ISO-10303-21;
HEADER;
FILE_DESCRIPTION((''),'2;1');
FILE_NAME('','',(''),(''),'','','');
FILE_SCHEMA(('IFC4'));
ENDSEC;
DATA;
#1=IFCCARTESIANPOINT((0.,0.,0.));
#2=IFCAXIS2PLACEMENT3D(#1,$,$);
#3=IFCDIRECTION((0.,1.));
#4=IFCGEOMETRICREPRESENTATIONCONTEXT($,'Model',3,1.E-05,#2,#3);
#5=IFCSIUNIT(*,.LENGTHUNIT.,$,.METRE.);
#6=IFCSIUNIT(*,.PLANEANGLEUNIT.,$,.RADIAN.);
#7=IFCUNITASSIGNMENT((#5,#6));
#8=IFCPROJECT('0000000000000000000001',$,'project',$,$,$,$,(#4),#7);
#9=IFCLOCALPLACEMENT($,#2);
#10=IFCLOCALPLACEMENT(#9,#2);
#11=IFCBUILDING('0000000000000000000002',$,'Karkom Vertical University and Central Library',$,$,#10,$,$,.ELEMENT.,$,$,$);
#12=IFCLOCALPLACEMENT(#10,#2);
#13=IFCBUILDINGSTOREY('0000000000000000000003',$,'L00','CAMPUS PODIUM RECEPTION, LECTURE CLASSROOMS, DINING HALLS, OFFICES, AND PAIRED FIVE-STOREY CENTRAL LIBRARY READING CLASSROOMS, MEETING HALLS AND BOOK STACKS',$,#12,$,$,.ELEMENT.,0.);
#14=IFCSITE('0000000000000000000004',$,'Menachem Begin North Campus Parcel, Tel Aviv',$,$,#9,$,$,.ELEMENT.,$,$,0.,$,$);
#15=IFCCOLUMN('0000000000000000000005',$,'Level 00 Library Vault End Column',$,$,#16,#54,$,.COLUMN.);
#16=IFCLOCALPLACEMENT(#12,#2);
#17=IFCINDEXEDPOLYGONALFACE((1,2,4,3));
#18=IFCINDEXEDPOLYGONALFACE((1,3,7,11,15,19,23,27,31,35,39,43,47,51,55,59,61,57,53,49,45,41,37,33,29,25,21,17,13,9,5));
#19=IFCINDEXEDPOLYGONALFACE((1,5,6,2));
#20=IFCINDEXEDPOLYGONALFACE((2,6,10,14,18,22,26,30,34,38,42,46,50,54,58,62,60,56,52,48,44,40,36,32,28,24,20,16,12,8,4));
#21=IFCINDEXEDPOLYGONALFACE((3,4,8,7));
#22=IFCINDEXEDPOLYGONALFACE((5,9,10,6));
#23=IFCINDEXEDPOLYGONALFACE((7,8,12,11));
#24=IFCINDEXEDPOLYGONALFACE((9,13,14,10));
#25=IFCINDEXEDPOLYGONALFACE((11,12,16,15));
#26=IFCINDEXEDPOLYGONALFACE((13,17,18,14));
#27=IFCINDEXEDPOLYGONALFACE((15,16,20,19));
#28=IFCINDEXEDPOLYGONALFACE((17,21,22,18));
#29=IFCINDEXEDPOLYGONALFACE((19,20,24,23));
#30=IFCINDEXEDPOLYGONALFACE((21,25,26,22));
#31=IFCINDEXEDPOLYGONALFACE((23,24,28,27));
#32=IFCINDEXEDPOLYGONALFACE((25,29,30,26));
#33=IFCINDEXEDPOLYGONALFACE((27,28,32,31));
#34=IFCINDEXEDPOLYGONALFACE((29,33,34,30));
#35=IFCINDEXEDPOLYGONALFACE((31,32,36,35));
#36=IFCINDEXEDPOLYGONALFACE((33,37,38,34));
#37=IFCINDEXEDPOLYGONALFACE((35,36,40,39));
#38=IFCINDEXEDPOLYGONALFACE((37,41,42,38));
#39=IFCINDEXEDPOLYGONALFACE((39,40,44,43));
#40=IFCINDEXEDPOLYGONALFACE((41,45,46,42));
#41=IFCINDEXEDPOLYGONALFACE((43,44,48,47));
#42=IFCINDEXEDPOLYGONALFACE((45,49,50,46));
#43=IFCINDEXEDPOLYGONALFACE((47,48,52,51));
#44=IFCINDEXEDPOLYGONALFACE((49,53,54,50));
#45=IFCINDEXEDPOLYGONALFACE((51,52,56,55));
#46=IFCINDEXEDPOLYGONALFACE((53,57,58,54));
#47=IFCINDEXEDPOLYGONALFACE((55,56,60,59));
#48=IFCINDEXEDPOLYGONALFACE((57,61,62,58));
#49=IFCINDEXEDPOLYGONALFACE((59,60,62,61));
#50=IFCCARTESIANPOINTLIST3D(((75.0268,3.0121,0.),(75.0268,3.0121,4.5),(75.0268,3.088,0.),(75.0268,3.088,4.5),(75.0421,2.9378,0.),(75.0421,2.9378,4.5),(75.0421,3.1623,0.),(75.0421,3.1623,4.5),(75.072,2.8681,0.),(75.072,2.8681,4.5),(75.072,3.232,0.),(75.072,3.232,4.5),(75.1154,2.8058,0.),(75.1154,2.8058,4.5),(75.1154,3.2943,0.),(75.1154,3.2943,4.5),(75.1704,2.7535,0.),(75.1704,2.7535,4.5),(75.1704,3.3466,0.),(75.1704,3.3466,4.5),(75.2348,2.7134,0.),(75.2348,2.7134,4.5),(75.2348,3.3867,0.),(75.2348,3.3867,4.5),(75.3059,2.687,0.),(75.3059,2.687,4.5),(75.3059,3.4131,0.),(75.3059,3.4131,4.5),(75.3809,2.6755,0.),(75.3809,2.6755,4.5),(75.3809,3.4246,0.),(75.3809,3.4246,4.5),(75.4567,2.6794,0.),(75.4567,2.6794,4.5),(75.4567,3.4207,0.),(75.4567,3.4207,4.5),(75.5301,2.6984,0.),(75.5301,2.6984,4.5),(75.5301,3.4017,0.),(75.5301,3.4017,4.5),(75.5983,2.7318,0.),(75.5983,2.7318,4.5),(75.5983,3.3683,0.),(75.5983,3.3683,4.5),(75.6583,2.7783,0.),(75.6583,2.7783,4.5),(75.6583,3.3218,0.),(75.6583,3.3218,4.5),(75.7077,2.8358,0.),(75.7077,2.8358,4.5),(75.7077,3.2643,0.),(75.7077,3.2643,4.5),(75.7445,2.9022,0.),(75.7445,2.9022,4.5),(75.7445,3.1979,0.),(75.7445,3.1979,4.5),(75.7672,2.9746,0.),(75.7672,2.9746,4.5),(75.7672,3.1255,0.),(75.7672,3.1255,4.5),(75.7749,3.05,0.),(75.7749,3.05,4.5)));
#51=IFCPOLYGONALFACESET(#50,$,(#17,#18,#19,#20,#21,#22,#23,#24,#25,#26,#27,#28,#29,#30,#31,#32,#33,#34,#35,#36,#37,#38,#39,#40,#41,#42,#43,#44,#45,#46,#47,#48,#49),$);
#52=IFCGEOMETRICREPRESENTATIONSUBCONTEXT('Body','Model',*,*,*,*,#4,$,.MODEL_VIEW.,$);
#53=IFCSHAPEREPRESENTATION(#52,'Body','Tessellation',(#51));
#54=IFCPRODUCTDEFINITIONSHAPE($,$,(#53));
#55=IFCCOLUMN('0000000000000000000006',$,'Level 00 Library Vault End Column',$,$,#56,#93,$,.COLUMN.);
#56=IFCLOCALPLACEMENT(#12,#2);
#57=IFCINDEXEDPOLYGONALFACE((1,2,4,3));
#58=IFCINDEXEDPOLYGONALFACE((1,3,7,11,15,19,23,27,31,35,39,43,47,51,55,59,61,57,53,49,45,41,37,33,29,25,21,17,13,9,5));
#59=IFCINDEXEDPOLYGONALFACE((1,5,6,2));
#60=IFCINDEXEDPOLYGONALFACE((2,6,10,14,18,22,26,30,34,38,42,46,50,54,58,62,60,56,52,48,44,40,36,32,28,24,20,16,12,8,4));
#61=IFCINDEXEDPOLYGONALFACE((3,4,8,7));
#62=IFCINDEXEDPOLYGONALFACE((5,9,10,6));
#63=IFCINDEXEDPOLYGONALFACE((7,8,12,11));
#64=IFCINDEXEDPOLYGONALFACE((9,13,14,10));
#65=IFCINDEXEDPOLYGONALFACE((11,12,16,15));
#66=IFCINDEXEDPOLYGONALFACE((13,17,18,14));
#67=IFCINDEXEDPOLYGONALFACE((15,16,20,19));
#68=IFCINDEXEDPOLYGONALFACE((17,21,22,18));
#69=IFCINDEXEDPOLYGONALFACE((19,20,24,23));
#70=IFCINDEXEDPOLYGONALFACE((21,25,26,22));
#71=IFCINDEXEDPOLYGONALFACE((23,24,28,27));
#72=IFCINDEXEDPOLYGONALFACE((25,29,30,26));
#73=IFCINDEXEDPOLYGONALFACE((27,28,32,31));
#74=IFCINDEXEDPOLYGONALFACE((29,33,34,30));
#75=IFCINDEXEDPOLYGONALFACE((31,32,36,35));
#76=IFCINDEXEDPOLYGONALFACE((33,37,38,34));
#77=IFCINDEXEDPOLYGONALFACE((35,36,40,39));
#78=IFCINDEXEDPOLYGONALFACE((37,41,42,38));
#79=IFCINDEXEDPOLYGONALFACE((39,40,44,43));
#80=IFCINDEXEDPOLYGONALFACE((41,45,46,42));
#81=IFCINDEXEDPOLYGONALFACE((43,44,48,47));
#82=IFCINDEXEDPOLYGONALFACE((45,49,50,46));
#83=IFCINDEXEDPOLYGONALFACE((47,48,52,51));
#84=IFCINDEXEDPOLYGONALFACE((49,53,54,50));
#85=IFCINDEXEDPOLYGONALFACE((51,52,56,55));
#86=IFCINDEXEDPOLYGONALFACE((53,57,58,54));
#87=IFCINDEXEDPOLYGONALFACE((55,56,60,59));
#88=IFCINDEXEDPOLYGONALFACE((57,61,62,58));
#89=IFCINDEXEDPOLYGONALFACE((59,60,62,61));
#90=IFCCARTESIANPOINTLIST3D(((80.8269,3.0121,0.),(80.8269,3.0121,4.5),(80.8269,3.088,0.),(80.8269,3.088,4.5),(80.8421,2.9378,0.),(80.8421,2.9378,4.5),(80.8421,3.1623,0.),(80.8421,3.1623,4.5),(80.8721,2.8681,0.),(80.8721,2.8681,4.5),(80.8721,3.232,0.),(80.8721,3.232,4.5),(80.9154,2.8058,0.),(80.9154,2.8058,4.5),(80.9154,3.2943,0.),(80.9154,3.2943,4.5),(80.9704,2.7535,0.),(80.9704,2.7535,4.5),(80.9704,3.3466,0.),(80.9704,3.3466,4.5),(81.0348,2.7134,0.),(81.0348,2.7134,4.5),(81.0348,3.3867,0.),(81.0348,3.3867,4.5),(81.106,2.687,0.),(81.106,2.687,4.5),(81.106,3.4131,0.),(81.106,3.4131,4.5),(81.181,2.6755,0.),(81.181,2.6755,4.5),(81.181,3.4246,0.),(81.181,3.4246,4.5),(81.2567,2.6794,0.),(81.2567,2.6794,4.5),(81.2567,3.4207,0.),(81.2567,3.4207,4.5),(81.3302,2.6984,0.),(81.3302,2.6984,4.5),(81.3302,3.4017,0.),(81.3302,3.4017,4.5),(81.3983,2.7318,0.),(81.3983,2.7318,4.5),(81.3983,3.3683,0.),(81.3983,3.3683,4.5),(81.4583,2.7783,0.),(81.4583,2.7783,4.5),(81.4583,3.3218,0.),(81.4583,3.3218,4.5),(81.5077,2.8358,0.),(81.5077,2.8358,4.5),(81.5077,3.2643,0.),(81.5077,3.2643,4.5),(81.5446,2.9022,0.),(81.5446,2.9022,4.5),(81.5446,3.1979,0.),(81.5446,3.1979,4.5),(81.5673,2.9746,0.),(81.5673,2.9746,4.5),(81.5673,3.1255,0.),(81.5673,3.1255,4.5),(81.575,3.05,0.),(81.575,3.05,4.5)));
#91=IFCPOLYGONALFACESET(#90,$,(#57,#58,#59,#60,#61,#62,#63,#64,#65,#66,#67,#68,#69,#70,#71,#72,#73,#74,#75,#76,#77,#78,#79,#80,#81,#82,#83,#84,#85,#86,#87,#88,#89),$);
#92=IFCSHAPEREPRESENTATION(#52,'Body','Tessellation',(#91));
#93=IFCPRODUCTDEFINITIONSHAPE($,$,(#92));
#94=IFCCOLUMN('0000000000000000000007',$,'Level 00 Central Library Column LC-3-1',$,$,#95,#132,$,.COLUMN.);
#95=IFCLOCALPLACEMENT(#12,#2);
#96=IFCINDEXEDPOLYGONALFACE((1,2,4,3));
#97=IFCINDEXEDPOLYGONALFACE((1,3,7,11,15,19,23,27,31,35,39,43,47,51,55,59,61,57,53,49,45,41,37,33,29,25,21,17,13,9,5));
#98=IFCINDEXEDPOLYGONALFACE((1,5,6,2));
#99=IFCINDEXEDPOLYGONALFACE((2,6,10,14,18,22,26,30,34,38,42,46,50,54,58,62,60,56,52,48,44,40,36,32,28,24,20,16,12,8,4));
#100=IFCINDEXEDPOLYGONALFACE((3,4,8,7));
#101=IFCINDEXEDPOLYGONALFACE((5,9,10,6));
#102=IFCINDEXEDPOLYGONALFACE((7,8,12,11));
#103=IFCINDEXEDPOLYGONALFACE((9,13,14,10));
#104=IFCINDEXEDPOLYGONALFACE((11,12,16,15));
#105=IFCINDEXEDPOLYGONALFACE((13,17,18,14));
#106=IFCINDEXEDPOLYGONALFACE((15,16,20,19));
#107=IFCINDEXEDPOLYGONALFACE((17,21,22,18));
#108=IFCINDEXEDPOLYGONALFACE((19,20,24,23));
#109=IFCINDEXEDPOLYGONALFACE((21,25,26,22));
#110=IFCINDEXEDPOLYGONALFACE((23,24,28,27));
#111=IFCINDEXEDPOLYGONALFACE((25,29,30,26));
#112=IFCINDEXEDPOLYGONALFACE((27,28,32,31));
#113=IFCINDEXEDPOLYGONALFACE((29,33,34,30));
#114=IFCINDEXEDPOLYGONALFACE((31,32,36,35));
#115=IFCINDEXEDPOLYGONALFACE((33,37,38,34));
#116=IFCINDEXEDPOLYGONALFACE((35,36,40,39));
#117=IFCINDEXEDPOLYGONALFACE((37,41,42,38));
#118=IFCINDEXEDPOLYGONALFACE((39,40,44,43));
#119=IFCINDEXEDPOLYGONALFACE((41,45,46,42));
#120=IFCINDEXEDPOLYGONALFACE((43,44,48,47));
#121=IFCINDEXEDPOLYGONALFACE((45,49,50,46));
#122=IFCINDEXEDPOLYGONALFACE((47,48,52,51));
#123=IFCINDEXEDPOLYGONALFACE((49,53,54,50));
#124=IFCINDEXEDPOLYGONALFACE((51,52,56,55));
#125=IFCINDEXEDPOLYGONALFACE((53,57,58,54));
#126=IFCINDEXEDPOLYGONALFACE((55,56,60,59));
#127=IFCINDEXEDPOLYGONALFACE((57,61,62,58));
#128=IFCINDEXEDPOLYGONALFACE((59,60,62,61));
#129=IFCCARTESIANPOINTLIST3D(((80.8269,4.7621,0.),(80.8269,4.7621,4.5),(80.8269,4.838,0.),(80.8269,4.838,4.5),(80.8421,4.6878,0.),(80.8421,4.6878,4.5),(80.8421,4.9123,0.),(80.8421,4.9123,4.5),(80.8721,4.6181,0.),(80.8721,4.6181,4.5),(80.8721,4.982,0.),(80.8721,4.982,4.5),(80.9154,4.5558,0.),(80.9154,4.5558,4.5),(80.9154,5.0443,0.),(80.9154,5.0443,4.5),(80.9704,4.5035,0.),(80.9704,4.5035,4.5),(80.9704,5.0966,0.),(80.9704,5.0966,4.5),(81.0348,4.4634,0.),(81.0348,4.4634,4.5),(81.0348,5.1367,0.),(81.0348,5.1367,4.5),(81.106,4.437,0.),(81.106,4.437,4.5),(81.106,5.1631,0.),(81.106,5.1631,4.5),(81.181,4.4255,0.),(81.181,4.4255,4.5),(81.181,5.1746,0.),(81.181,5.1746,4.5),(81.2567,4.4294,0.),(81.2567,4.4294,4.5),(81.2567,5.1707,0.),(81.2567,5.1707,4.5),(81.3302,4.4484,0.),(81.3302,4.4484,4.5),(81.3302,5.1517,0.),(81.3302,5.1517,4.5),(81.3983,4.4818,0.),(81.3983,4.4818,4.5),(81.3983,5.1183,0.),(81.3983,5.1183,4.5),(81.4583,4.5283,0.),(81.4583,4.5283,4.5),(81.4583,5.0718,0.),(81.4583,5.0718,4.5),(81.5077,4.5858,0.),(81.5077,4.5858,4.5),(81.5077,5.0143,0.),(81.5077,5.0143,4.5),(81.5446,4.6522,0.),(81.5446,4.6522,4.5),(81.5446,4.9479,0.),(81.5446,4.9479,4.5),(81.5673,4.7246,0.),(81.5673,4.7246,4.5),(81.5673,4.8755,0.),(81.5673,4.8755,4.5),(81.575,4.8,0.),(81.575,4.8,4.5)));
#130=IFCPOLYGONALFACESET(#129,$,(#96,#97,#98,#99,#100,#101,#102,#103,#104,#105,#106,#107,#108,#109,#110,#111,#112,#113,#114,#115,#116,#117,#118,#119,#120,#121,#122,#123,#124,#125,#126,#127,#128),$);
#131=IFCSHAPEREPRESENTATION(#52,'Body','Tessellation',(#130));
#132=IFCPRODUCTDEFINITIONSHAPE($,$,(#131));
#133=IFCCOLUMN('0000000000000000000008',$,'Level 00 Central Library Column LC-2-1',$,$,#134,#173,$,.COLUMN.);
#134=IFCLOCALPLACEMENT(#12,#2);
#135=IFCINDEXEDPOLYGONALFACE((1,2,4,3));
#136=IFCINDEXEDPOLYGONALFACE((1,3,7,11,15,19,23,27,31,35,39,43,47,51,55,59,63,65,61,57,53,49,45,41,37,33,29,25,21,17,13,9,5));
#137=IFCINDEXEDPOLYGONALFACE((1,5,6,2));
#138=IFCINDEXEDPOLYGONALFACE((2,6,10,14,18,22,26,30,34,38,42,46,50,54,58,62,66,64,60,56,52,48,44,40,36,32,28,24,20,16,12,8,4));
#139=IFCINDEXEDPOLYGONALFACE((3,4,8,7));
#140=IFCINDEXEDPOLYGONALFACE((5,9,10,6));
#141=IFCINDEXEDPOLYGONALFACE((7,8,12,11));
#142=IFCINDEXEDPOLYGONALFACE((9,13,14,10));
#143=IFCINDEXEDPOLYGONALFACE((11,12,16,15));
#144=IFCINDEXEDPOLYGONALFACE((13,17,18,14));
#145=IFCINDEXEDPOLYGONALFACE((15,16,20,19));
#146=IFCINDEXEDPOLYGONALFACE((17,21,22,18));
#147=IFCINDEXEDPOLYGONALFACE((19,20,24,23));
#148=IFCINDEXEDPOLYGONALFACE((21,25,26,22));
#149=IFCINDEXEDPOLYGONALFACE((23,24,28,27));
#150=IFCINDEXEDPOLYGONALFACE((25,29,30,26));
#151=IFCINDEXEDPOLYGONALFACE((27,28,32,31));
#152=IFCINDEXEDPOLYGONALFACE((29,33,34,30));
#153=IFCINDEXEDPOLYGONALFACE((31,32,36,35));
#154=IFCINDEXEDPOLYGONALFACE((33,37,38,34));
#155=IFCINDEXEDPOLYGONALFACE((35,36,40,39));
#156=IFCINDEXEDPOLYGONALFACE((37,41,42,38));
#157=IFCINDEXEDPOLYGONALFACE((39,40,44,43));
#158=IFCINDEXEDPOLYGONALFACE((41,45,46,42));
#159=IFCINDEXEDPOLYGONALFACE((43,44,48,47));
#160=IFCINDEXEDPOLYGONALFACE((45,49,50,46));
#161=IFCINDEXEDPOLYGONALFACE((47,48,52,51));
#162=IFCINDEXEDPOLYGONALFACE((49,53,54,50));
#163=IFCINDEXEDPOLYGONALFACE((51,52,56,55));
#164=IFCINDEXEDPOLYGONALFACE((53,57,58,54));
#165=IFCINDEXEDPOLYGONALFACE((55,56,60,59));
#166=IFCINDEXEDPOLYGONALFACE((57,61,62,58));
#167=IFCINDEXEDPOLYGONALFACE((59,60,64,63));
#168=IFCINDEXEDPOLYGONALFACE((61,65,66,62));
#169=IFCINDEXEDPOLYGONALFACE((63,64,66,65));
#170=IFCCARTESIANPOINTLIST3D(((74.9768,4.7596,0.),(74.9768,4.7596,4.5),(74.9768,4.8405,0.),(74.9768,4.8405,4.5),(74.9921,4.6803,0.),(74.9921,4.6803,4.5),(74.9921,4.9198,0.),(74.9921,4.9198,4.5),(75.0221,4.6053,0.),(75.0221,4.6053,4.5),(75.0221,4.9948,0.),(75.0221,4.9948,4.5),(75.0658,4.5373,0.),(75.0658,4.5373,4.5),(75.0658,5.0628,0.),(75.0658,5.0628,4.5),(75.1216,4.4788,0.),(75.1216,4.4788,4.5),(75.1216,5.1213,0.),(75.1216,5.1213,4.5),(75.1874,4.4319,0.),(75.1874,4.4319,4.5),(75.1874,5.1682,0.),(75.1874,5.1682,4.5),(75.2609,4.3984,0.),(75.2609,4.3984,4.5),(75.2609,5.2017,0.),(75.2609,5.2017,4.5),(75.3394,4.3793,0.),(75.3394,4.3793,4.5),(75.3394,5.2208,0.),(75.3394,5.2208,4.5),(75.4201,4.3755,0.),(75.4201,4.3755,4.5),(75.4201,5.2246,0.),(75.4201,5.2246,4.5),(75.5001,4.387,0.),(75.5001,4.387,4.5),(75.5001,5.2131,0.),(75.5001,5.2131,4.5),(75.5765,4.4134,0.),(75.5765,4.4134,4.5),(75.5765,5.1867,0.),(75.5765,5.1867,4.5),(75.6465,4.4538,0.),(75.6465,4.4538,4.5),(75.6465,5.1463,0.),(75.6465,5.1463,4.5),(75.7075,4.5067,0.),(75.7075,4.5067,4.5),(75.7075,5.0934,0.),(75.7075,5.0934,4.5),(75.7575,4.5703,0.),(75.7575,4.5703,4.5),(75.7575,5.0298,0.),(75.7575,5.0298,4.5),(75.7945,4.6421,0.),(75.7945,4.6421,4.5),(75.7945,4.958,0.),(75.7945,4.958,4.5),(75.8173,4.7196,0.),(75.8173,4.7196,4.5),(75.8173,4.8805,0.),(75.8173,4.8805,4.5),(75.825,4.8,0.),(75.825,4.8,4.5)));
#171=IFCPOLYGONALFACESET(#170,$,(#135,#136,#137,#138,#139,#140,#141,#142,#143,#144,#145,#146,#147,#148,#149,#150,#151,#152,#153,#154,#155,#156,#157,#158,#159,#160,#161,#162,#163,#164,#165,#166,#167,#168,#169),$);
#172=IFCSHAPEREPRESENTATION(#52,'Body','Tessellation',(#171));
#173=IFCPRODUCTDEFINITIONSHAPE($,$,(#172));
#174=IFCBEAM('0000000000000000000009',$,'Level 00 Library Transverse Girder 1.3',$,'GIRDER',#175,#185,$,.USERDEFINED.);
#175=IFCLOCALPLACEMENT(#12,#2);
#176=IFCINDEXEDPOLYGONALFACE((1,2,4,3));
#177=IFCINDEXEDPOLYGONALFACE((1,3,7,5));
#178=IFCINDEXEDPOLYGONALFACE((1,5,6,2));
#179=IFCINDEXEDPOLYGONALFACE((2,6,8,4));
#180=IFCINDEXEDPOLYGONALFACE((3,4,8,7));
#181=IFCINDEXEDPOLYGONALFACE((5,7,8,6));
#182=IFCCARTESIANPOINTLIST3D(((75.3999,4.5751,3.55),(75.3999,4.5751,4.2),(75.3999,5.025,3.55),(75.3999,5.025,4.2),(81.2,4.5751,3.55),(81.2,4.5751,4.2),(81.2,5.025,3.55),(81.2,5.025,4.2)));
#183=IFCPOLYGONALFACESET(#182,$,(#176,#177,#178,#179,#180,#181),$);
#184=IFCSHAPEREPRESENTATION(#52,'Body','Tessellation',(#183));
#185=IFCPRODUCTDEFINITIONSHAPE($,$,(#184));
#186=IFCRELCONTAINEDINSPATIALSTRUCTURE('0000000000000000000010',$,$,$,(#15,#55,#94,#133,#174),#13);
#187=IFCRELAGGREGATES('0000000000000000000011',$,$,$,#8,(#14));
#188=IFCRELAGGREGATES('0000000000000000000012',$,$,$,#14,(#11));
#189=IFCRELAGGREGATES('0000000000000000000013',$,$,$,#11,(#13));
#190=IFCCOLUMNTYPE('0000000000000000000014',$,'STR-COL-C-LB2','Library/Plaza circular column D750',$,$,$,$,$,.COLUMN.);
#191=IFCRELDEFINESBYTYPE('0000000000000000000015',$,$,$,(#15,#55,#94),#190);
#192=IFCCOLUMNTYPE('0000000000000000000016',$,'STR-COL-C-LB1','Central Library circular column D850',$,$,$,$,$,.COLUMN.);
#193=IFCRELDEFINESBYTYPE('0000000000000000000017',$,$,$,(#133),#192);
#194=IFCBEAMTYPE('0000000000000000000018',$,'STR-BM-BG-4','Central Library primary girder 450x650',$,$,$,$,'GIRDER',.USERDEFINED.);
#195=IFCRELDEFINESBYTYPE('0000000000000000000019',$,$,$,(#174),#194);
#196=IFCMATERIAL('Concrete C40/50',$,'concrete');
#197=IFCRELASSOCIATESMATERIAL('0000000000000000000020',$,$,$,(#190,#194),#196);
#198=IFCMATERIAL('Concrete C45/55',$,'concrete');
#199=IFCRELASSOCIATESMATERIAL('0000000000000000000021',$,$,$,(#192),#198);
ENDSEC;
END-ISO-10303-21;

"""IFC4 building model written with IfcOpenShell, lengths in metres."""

from ifc_helpers import new_model, si_unit, direction, frame, origin, origin_with_axes, origin_2d, place, context, subcontext, project, spatial, rectangle, circle, extrude, source, transform, mapped, material, material_profile, profile_set, type_object, element, save


model = new_model("IFC4")

# Units and contexts
model_context = context("Model", 3, precision=1e-05, world=origin(), true_north=direction((0.0, 1.0)))
body_context = subcontext(model_context, "Body", "Model", "MODEL_VIEW")
ifc_project = project(units=[si_unit("LENGTHUNIT", "METRE"), si_unit("PLANEANGLEUNIT", "RADIAN")], contexts=[model_context])

# Site, building, storey
site_placement = place(None, origin())
site = spatial("IfcSite", under=ifc_project, at=site_placement, Name="Menachem Begin North Campus Parcel, Tel Aviv", CompositionType="ELEMENT", RefElevation=0.0)
building_placement = place(site_placement, origin())
building = spatial("IfcBuilding", under=site, at=building_placement, Name="Karkom Vertical University and Central Library", CompositionType="ELEMENT")
storey_placement = place(building_placement, origin())
storey = spatial("IfcBuildingStorey", under=building, at=storey_placement, Name="L00", Description="CAMPUS PODIUM RECEPTION, LECTURE CLASSROOMS, DINING HALLS, OFFICES, AND PAIRED FIVE-STOREY CENTRAL LIBRARY READING CLASSROOMS, MEETING HALLS AND BOOK STACKS", CompositionType="ELEMENT", Elevation=0.0)

# Columns
ifc_material_1 = material(Name="Concrete C40/50", Category="concrete")
ifc_material_profile_1 = material_profile(ifc_material_1, circle(Radius=0.375, at=origin_2d()), Name="RC-D750")
ifc_profile_set_1 = profile_set([ifc_material_profile_1], Name="Concrete C40/50")
column_type_1 = type_object("IfcColumnType", Name="STR-COL-C-LB2", Description="Library/Plaza circular column D750", PredefinedType="COLUMN", material=ifc_profile_set_1)
shared_shape_1 = source(origin_with_axes(), body_context, "Body", "SweptSolid", [
    extrude(circle(Radius=0.375, at=origin_2d()), origin(), (0.0, 0.0, 1.0), 4.5),
])
for number, where, z_axis, x_axis, name in (
    (1, (75.3999, 3.05, 0.0), (0.0, 0.0, 1.0), (1.0, 0.0, 0.0), "Level 00 Library Vault End Column"),
    (2, (81.2, 3.05, 0.0), (0.0, 0.0, 1.0), (1.0, 0.0, 0.0), "Level 00 Library Vault End Column"),
    (3, (81.2, 4.8, 0.0), (0.0, 0.0, 1.0), (1.0, 0.0, 0.0), "Level 00 Central Library Column LC-3-1"),
):
    element("IfcColumn", number, at=place(storey_placement, frame(where, z_axis=z_axis, x_axis=x_axis)), inside=storey, type_object=column_type_1, Name=name, PredefinedType="COLUMN", context=body_context, shape_type="MappedRepresentation", body=[
        mapped(shared_shape_1, transform((0.0, 0.0, 0.0), scale=1.0)),
    ])
ifc_material_2 = material(Name="Concrete C45/55", Category="concrete")
ifc_material_profile_2 = material_profile(ifc_material_2, circle(Radius=0.425, at=origin_2d()), Name="RC-D850")
ifc_profile_set_2 = profile_set([ifc_material_profile_2], Name="Concrete C45/55")
column_type_2 = type_object("IfcColumnType", Name="STR-COL-C-LB1", Description="Central Library circular column D850", PredefinedType="COLUMN", material=ifc_profile_set_2)
shared_shape_2 = source(origin_with_axes(), body_context, "Body", "SweptSolid", [
    extrude(circle(Radius=0.425, at=origin_2d()), origin(), (0.0, 0.0, 1.0), 4.5),
])
column_placement = place(storey_placement, frame((75.3999, 4.8, 0.0), z_axis=(0.0, 0.0, 1.0), x_axis=(1.0, 0.0, 0.0)))
element("IfcColumn", 4, at=column_placement, inside=storey, type_object=column_type_2, Name="Level 00 Central Library Column LC-2-1", PredefinedType="COLUMN", context=body_context, shape_type="MappedRepresentation", body=[
    mapped(shared_shape_2, transform((0.0, 0.0, 0.0), scale=1.0)),
])

# Beam
ifc_material_profile_3 = material_profile(ifc_material_1, rectangle(XDim=0.45, YDim=0.6499, at=origin_2d()), Name="RCB-450x650")
ifc_profile_set_3 = profile_set([ifc_material_profile_3], Name="Concrete C40/50")
beam_type_1 = type_object("IfcBeamType", Name="STR-BM-BG-4", Description="Central Library primary girder 450x650", ElementType="GIRDER", PredefinedType="USERDEFINED", material=ifc_profile_set_3)
shared_shape_3 = source(origin_with_axes(), body_context, "Body", "SweptSolid", [
    extrude(rectangle(XDim=0.45, YDim=0.6499, at=origin_2d()), origin(), (0.0, 0.0, 1.0), 5.8),
])
beam_1_placement = place(storey_placement, frame((75.3999, 4.8, 3.875), z_axis=(1.0, 0.0, 0.0), x_axis=(0.0, 1.0, 0.0)))
element("IfcBeam", 5, at=beam_1_placement, inside=storey, type_object=beam_type_1, Name="Level 00 Library Transverse Girder 1.3", ObjectType="GIRDER", PredefinedType="USERDEFINED", context=body_context, shape_type="MappedRepresentation", body=[
    mapped(shared_shape_3, transform((0.0, 0.0, 0.0), scale=1.0)),
])

save(model, "model.ifc")
